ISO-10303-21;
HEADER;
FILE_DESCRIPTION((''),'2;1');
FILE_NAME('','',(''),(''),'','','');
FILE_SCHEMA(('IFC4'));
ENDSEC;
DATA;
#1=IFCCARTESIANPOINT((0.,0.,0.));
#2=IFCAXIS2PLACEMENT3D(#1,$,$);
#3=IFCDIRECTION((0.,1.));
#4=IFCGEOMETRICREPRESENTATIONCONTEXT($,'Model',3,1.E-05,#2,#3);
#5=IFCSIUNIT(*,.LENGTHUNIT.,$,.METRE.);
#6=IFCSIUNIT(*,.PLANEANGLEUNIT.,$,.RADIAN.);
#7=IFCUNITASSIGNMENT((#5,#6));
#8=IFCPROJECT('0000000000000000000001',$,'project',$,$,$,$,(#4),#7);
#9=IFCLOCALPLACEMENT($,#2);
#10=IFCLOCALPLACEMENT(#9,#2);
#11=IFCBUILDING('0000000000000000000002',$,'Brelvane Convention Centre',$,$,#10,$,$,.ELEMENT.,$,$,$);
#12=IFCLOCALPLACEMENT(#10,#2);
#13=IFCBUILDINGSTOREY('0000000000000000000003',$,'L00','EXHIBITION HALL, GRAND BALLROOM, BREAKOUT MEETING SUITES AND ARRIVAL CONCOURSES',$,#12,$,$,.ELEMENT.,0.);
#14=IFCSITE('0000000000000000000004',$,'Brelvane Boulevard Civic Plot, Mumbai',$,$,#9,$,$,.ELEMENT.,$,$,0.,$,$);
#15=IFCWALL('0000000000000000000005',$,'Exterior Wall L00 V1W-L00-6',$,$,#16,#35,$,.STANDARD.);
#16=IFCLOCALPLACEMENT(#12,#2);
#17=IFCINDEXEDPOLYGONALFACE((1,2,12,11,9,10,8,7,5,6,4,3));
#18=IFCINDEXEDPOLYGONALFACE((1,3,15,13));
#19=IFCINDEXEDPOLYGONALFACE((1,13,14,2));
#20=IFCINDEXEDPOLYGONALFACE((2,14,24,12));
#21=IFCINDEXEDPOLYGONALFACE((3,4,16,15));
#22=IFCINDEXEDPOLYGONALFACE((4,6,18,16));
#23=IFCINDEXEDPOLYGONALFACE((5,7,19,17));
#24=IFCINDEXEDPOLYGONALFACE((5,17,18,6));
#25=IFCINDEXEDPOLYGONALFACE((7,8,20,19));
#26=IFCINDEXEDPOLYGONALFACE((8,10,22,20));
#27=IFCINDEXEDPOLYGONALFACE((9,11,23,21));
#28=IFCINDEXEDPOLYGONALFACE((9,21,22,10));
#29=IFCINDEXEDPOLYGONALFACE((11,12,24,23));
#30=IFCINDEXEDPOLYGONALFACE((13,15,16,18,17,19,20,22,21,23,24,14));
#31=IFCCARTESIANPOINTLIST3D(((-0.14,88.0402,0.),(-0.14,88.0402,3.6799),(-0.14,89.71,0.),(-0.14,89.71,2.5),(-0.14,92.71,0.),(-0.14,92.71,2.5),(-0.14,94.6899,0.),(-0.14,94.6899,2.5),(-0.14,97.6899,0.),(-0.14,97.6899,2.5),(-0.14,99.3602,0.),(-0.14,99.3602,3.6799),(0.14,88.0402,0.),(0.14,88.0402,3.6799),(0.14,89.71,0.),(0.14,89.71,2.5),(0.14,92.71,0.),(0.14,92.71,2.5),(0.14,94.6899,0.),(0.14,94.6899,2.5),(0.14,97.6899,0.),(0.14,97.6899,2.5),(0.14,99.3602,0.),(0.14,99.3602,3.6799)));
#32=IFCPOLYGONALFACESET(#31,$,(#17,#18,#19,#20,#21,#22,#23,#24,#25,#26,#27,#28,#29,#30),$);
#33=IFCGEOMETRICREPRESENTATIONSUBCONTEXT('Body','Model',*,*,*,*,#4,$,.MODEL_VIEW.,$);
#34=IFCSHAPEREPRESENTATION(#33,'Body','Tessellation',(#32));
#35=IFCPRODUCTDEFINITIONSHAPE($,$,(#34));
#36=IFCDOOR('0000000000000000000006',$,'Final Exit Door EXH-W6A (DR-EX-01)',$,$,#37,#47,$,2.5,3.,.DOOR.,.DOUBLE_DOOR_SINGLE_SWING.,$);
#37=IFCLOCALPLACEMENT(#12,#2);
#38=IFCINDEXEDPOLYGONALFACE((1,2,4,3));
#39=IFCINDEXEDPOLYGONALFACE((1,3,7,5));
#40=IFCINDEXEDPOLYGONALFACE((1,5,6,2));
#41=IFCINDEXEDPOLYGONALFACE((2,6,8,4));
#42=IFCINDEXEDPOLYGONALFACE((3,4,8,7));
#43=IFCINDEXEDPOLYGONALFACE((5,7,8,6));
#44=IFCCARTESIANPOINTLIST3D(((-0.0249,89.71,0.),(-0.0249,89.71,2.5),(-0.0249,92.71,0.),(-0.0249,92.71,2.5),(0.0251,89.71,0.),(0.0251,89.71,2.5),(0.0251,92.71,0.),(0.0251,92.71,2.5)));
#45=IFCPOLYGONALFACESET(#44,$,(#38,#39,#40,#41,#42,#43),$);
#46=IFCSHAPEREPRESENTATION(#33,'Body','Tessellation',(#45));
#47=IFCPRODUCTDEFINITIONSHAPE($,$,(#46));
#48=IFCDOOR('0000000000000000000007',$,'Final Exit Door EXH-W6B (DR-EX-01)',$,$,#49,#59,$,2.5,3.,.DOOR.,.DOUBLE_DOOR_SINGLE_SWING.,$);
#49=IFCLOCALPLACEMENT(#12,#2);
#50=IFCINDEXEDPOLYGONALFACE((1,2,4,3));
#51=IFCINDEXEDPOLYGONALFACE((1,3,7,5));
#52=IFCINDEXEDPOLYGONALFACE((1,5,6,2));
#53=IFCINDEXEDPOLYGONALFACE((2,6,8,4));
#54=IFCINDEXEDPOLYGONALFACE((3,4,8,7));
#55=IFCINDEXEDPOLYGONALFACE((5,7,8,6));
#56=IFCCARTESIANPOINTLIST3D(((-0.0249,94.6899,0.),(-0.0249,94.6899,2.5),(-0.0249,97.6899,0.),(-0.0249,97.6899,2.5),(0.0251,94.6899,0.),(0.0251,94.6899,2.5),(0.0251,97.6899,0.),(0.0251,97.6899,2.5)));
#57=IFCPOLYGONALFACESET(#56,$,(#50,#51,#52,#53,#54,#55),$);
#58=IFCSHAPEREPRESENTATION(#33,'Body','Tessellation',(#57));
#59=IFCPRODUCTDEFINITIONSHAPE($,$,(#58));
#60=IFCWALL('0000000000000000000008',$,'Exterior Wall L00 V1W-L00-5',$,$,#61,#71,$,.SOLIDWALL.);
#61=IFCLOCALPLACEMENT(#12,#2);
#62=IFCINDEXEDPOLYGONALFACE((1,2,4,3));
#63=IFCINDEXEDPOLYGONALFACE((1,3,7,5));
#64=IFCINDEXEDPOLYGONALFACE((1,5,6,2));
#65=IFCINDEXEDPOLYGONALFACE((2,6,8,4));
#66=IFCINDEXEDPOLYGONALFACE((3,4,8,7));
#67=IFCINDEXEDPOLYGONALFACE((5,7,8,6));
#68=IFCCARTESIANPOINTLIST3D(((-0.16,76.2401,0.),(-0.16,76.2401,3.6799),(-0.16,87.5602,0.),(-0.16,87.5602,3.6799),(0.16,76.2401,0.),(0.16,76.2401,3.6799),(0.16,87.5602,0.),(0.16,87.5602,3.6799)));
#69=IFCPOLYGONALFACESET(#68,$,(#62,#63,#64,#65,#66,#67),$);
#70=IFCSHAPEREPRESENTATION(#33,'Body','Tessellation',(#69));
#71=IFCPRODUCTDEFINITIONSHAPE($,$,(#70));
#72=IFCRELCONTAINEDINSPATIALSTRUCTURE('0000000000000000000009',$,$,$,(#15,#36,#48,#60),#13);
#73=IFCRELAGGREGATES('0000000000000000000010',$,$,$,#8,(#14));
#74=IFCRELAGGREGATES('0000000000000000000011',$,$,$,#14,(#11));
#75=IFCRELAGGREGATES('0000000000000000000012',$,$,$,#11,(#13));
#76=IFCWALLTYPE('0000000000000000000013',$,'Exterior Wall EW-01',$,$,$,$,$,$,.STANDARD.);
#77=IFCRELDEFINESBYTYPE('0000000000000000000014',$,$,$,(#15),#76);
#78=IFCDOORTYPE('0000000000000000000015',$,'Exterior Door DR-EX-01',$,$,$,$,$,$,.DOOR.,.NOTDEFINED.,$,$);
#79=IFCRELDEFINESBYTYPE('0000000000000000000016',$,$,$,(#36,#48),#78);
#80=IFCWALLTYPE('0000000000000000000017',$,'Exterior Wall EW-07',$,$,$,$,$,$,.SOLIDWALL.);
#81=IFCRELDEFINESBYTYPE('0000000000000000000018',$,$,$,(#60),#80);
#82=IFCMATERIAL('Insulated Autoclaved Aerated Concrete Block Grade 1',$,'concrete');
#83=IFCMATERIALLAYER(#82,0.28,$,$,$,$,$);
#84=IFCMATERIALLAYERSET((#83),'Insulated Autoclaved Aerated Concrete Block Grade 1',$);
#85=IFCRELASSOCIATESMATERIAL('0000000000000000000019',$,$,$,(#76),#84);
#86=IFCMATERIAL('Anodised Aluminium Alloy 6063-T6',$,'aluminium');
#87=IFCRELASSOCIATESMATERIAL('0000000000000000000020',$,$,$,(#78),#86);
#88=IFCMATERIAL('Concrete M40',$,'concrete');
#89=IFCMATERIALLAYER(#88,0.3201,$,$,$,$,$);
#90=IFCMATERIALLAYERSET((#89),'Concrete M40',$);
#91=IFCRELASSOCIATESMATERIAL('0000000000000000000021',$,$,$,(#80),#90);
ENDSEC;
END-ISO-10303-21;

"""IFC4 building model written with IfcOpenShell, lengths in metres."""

from ifc_helpers import new_model, si_unit, direction, frame, frame_2d, origin, place, context, subcontext, project, spatial, rectangle, extrude, material, layer, layer_set, type_object, element, fill, save


model = new_model("IFC4")

# Units and contexts
model_context = context("Model", 3, precision=1e-05, world=origin(), true_north=direction((0.0, 1.0)))
body_context = subcontext(model_context, "Body", "Model", "MODEL_VIEW")
ifc_project = project(units=[si_unit("LENGTHUNIT", "METRE"), si_unit("PLANEANGLEUNIT", "RADIAN")], contexts=[model_context])

# Site, building, storey
site_placement = place(None, origin())
site = spatial("IfcSite", under=ifc_project, at=site_placement, Name="Brelvane Boulevard Civic Plot, Mumbai", CompositionType="ELEMENT", RefElevation=0.0)
building_placement = place(site_placement, origin())
building = spatial("IfcBuilding", under=site, at=building_placement, Name="Brelvane Convention Centre", CompositionType="ELEMENT")
storey_placement = place(building_placement, origin())
storey = spatial("IfcBuildingStorey", under=building, at=storey_placement, Name="L00", Description="EXHIBITION HALL, GRAND BALLROOM, BREAKOUT MEETING SUITES AND ARRIVAL CONCOURSES", CompositionType="ELEMENT", Elevation=0.0)

# Wall, openings, doors
ifc_material_1 = material(Name="Insulated Autoclaved Aerated Concrete Block Grade 1", Category="concrete")
ifc_layer_1 = layer(ifc_material_1, 0.28)
ifc_layer_set_1 = layer_set([ifc_layer_1], Name="Insulated Autoclaved Aerated Concrete Block Grade 1")
wall_type_1 = type_object("IfcWallType", Name="Exterior Wall EW-01", PredefinedType="STANDARD", material=ifc_layer_set_1)
wall_1_placement = place(storey_placement, frame((0.0, 88.04, 0.0), z_axis=(0.0, 0.0, 1.0), x_axis=(0.0, 1.0, 0.0)))
wall_1 = element("IfcWall", 1, at=wall_1_placement, inside=storey, type_object=wall_type_1, Name="Exterior Wall L00 V1W-L00-6", PredefinedType="STANDARD", context=body_context, shape_type="SweptSolid", body=[
    extrude(rectangle(XDim=11.3201, YDim=0.28, at=frame_2d((5.6602, 0.0))), origin(), (0.0, 0.0, 1.0), 3.6799),
])
opening_1_placement = place(wall_1_placement, frame((1.6699, 0.0, 0.0)))
opening_1 = element("IfcOpeningElement", 2, at=opening_1_placement, cuts=wall_1, PredefinedType="OPENING", context=body_context, shape_type="SweptSolid", body=[
    extrude(rectangle(XDim=3.0, YDim=2.5, at=frame_2d((1.5, 1.25))), frame((0.0, 0.1499, 0.0), z_axis=(0.0, -1.0, 0.0), x_axis=(1.0, 0.0, 0.0)), (0.0, 0.0, 1.0), 0.3),
])
opening_2_placement = place(wall_1_placement, frame((6.6499, 0.0, 0.0)))
opening_2 = element("IfcOpeningElement", 3, at=opening_2_placement, cuts=wall_1, PredefinedType="OPENING", context=body_context, shape_type="SweptSolid", body=[
    extrude(rectangle(XDim=3.0, YDim=2.5, at=frame_2d((1.5, 1.25))), frame((0.0, 0.1499, 0.0), z_axis=(0.0, -1.0, 0.0), x_axis=(1.0, 0.0, 0.0)), (0.0, 0.0, 1.0), 0.3),
])
ifc_material_2 = material(Name="Anodised Aluminium Alloy 6063-T6", Category="aluminium")
door_type = type_object("IfcDoorType", Name="Exterior Door DR-EX-01", OperationType="NOTDEFINED", PredefinedType="DOOR", material=ifc_material_2)
door_1_placement = place(opening_1_placement, origin())
door_1 = element("IfcDoor", 4, at=door_1_placement, inside=storey, type_object=door_type, Name="Final Exit Door EXH-W6A (DR-EX-01)", OperationType="DOUBLE_DOOR_SINGLE_SWING", OverallHeight=2.5, OverallWidth=3.0, PredefinedType="DOOR", context=body_context, shape_type="SweptSolid", body=[
    extrude(rectangle(XDim=3.0, YDim=2.5, at=frame_2d((1.5, 1.25))), frame((0.0, 0.0249, 0.0), z_axis=(0.0, -1.0, 0.0), x_axis=(1.0, 0.0, 0.0)), (0.0, 0.0, 1.0), 0.05),
])
fill(opening_1, door_1)
door_2_placement = place(opening_2_placement, origin())
door_2 = element("IfcDoor", 5, at=door_2_placement, inside=storey, type_object=door_type, Name="Final Exit Door EXH-W6B (DR-EX-01)", OperationType="DOUBLE_DOOR_SINGLE_SWING", OverallHeight=2.5, OverallWidth=3.0, PredefinedType="DOOR", context=body_context, shape_type="SweptSolid", body=[
    extrude(rectangle(XDim=3.0, YDim=2.5, at=frame_2d((1.5, 1.25))), frame((0.0, 0.0249, 0.0), z_axis=(0.0, -1.0, 0.0), x_axis=(1.0, 0.0, 0.0)), (0.0, 0.0, 1.0), 0.05),
])
fill(opening_2, door_2)

# Wall
ifc_material_3 = material(Name="Concrete M40", Category="concrete")
ifc_layer_2 = layer(ifc_material_3, 0.3201)
ifc_layer_set_2 = layer_set([ifc_layer_2], Name="Concrete M40")
wall_type_2 = type_object("IfcWallType", Name="Exterior Wall EW-07", PredefinedType="SOLIDWALL", material=ifc_layer_set_2)
wall_2_placement = place(storey_placement, frame((0.0, 76.24, 0.0), z_axis=(0.0, 0.0, 1.0), x_axis=(0.0, 1.0, 0.0)))
element("IfcWall", 6, at=wall_2_placement, inside=storey, type_object=wall_type_2, Name="Exterior Wall L00 V1W-L00-5", PredefinedType="SOLIDWALL", context=body_context, shape_type="SweptSolid", body=[
    extrude(rectangle(XDim=11.3201, YDim=0.3201, at=frame_2d((5.6602, 0.0))), origin(), (0.0, 0.0, 1.0), 3.6799),
])

save(model, "model.ifc")
